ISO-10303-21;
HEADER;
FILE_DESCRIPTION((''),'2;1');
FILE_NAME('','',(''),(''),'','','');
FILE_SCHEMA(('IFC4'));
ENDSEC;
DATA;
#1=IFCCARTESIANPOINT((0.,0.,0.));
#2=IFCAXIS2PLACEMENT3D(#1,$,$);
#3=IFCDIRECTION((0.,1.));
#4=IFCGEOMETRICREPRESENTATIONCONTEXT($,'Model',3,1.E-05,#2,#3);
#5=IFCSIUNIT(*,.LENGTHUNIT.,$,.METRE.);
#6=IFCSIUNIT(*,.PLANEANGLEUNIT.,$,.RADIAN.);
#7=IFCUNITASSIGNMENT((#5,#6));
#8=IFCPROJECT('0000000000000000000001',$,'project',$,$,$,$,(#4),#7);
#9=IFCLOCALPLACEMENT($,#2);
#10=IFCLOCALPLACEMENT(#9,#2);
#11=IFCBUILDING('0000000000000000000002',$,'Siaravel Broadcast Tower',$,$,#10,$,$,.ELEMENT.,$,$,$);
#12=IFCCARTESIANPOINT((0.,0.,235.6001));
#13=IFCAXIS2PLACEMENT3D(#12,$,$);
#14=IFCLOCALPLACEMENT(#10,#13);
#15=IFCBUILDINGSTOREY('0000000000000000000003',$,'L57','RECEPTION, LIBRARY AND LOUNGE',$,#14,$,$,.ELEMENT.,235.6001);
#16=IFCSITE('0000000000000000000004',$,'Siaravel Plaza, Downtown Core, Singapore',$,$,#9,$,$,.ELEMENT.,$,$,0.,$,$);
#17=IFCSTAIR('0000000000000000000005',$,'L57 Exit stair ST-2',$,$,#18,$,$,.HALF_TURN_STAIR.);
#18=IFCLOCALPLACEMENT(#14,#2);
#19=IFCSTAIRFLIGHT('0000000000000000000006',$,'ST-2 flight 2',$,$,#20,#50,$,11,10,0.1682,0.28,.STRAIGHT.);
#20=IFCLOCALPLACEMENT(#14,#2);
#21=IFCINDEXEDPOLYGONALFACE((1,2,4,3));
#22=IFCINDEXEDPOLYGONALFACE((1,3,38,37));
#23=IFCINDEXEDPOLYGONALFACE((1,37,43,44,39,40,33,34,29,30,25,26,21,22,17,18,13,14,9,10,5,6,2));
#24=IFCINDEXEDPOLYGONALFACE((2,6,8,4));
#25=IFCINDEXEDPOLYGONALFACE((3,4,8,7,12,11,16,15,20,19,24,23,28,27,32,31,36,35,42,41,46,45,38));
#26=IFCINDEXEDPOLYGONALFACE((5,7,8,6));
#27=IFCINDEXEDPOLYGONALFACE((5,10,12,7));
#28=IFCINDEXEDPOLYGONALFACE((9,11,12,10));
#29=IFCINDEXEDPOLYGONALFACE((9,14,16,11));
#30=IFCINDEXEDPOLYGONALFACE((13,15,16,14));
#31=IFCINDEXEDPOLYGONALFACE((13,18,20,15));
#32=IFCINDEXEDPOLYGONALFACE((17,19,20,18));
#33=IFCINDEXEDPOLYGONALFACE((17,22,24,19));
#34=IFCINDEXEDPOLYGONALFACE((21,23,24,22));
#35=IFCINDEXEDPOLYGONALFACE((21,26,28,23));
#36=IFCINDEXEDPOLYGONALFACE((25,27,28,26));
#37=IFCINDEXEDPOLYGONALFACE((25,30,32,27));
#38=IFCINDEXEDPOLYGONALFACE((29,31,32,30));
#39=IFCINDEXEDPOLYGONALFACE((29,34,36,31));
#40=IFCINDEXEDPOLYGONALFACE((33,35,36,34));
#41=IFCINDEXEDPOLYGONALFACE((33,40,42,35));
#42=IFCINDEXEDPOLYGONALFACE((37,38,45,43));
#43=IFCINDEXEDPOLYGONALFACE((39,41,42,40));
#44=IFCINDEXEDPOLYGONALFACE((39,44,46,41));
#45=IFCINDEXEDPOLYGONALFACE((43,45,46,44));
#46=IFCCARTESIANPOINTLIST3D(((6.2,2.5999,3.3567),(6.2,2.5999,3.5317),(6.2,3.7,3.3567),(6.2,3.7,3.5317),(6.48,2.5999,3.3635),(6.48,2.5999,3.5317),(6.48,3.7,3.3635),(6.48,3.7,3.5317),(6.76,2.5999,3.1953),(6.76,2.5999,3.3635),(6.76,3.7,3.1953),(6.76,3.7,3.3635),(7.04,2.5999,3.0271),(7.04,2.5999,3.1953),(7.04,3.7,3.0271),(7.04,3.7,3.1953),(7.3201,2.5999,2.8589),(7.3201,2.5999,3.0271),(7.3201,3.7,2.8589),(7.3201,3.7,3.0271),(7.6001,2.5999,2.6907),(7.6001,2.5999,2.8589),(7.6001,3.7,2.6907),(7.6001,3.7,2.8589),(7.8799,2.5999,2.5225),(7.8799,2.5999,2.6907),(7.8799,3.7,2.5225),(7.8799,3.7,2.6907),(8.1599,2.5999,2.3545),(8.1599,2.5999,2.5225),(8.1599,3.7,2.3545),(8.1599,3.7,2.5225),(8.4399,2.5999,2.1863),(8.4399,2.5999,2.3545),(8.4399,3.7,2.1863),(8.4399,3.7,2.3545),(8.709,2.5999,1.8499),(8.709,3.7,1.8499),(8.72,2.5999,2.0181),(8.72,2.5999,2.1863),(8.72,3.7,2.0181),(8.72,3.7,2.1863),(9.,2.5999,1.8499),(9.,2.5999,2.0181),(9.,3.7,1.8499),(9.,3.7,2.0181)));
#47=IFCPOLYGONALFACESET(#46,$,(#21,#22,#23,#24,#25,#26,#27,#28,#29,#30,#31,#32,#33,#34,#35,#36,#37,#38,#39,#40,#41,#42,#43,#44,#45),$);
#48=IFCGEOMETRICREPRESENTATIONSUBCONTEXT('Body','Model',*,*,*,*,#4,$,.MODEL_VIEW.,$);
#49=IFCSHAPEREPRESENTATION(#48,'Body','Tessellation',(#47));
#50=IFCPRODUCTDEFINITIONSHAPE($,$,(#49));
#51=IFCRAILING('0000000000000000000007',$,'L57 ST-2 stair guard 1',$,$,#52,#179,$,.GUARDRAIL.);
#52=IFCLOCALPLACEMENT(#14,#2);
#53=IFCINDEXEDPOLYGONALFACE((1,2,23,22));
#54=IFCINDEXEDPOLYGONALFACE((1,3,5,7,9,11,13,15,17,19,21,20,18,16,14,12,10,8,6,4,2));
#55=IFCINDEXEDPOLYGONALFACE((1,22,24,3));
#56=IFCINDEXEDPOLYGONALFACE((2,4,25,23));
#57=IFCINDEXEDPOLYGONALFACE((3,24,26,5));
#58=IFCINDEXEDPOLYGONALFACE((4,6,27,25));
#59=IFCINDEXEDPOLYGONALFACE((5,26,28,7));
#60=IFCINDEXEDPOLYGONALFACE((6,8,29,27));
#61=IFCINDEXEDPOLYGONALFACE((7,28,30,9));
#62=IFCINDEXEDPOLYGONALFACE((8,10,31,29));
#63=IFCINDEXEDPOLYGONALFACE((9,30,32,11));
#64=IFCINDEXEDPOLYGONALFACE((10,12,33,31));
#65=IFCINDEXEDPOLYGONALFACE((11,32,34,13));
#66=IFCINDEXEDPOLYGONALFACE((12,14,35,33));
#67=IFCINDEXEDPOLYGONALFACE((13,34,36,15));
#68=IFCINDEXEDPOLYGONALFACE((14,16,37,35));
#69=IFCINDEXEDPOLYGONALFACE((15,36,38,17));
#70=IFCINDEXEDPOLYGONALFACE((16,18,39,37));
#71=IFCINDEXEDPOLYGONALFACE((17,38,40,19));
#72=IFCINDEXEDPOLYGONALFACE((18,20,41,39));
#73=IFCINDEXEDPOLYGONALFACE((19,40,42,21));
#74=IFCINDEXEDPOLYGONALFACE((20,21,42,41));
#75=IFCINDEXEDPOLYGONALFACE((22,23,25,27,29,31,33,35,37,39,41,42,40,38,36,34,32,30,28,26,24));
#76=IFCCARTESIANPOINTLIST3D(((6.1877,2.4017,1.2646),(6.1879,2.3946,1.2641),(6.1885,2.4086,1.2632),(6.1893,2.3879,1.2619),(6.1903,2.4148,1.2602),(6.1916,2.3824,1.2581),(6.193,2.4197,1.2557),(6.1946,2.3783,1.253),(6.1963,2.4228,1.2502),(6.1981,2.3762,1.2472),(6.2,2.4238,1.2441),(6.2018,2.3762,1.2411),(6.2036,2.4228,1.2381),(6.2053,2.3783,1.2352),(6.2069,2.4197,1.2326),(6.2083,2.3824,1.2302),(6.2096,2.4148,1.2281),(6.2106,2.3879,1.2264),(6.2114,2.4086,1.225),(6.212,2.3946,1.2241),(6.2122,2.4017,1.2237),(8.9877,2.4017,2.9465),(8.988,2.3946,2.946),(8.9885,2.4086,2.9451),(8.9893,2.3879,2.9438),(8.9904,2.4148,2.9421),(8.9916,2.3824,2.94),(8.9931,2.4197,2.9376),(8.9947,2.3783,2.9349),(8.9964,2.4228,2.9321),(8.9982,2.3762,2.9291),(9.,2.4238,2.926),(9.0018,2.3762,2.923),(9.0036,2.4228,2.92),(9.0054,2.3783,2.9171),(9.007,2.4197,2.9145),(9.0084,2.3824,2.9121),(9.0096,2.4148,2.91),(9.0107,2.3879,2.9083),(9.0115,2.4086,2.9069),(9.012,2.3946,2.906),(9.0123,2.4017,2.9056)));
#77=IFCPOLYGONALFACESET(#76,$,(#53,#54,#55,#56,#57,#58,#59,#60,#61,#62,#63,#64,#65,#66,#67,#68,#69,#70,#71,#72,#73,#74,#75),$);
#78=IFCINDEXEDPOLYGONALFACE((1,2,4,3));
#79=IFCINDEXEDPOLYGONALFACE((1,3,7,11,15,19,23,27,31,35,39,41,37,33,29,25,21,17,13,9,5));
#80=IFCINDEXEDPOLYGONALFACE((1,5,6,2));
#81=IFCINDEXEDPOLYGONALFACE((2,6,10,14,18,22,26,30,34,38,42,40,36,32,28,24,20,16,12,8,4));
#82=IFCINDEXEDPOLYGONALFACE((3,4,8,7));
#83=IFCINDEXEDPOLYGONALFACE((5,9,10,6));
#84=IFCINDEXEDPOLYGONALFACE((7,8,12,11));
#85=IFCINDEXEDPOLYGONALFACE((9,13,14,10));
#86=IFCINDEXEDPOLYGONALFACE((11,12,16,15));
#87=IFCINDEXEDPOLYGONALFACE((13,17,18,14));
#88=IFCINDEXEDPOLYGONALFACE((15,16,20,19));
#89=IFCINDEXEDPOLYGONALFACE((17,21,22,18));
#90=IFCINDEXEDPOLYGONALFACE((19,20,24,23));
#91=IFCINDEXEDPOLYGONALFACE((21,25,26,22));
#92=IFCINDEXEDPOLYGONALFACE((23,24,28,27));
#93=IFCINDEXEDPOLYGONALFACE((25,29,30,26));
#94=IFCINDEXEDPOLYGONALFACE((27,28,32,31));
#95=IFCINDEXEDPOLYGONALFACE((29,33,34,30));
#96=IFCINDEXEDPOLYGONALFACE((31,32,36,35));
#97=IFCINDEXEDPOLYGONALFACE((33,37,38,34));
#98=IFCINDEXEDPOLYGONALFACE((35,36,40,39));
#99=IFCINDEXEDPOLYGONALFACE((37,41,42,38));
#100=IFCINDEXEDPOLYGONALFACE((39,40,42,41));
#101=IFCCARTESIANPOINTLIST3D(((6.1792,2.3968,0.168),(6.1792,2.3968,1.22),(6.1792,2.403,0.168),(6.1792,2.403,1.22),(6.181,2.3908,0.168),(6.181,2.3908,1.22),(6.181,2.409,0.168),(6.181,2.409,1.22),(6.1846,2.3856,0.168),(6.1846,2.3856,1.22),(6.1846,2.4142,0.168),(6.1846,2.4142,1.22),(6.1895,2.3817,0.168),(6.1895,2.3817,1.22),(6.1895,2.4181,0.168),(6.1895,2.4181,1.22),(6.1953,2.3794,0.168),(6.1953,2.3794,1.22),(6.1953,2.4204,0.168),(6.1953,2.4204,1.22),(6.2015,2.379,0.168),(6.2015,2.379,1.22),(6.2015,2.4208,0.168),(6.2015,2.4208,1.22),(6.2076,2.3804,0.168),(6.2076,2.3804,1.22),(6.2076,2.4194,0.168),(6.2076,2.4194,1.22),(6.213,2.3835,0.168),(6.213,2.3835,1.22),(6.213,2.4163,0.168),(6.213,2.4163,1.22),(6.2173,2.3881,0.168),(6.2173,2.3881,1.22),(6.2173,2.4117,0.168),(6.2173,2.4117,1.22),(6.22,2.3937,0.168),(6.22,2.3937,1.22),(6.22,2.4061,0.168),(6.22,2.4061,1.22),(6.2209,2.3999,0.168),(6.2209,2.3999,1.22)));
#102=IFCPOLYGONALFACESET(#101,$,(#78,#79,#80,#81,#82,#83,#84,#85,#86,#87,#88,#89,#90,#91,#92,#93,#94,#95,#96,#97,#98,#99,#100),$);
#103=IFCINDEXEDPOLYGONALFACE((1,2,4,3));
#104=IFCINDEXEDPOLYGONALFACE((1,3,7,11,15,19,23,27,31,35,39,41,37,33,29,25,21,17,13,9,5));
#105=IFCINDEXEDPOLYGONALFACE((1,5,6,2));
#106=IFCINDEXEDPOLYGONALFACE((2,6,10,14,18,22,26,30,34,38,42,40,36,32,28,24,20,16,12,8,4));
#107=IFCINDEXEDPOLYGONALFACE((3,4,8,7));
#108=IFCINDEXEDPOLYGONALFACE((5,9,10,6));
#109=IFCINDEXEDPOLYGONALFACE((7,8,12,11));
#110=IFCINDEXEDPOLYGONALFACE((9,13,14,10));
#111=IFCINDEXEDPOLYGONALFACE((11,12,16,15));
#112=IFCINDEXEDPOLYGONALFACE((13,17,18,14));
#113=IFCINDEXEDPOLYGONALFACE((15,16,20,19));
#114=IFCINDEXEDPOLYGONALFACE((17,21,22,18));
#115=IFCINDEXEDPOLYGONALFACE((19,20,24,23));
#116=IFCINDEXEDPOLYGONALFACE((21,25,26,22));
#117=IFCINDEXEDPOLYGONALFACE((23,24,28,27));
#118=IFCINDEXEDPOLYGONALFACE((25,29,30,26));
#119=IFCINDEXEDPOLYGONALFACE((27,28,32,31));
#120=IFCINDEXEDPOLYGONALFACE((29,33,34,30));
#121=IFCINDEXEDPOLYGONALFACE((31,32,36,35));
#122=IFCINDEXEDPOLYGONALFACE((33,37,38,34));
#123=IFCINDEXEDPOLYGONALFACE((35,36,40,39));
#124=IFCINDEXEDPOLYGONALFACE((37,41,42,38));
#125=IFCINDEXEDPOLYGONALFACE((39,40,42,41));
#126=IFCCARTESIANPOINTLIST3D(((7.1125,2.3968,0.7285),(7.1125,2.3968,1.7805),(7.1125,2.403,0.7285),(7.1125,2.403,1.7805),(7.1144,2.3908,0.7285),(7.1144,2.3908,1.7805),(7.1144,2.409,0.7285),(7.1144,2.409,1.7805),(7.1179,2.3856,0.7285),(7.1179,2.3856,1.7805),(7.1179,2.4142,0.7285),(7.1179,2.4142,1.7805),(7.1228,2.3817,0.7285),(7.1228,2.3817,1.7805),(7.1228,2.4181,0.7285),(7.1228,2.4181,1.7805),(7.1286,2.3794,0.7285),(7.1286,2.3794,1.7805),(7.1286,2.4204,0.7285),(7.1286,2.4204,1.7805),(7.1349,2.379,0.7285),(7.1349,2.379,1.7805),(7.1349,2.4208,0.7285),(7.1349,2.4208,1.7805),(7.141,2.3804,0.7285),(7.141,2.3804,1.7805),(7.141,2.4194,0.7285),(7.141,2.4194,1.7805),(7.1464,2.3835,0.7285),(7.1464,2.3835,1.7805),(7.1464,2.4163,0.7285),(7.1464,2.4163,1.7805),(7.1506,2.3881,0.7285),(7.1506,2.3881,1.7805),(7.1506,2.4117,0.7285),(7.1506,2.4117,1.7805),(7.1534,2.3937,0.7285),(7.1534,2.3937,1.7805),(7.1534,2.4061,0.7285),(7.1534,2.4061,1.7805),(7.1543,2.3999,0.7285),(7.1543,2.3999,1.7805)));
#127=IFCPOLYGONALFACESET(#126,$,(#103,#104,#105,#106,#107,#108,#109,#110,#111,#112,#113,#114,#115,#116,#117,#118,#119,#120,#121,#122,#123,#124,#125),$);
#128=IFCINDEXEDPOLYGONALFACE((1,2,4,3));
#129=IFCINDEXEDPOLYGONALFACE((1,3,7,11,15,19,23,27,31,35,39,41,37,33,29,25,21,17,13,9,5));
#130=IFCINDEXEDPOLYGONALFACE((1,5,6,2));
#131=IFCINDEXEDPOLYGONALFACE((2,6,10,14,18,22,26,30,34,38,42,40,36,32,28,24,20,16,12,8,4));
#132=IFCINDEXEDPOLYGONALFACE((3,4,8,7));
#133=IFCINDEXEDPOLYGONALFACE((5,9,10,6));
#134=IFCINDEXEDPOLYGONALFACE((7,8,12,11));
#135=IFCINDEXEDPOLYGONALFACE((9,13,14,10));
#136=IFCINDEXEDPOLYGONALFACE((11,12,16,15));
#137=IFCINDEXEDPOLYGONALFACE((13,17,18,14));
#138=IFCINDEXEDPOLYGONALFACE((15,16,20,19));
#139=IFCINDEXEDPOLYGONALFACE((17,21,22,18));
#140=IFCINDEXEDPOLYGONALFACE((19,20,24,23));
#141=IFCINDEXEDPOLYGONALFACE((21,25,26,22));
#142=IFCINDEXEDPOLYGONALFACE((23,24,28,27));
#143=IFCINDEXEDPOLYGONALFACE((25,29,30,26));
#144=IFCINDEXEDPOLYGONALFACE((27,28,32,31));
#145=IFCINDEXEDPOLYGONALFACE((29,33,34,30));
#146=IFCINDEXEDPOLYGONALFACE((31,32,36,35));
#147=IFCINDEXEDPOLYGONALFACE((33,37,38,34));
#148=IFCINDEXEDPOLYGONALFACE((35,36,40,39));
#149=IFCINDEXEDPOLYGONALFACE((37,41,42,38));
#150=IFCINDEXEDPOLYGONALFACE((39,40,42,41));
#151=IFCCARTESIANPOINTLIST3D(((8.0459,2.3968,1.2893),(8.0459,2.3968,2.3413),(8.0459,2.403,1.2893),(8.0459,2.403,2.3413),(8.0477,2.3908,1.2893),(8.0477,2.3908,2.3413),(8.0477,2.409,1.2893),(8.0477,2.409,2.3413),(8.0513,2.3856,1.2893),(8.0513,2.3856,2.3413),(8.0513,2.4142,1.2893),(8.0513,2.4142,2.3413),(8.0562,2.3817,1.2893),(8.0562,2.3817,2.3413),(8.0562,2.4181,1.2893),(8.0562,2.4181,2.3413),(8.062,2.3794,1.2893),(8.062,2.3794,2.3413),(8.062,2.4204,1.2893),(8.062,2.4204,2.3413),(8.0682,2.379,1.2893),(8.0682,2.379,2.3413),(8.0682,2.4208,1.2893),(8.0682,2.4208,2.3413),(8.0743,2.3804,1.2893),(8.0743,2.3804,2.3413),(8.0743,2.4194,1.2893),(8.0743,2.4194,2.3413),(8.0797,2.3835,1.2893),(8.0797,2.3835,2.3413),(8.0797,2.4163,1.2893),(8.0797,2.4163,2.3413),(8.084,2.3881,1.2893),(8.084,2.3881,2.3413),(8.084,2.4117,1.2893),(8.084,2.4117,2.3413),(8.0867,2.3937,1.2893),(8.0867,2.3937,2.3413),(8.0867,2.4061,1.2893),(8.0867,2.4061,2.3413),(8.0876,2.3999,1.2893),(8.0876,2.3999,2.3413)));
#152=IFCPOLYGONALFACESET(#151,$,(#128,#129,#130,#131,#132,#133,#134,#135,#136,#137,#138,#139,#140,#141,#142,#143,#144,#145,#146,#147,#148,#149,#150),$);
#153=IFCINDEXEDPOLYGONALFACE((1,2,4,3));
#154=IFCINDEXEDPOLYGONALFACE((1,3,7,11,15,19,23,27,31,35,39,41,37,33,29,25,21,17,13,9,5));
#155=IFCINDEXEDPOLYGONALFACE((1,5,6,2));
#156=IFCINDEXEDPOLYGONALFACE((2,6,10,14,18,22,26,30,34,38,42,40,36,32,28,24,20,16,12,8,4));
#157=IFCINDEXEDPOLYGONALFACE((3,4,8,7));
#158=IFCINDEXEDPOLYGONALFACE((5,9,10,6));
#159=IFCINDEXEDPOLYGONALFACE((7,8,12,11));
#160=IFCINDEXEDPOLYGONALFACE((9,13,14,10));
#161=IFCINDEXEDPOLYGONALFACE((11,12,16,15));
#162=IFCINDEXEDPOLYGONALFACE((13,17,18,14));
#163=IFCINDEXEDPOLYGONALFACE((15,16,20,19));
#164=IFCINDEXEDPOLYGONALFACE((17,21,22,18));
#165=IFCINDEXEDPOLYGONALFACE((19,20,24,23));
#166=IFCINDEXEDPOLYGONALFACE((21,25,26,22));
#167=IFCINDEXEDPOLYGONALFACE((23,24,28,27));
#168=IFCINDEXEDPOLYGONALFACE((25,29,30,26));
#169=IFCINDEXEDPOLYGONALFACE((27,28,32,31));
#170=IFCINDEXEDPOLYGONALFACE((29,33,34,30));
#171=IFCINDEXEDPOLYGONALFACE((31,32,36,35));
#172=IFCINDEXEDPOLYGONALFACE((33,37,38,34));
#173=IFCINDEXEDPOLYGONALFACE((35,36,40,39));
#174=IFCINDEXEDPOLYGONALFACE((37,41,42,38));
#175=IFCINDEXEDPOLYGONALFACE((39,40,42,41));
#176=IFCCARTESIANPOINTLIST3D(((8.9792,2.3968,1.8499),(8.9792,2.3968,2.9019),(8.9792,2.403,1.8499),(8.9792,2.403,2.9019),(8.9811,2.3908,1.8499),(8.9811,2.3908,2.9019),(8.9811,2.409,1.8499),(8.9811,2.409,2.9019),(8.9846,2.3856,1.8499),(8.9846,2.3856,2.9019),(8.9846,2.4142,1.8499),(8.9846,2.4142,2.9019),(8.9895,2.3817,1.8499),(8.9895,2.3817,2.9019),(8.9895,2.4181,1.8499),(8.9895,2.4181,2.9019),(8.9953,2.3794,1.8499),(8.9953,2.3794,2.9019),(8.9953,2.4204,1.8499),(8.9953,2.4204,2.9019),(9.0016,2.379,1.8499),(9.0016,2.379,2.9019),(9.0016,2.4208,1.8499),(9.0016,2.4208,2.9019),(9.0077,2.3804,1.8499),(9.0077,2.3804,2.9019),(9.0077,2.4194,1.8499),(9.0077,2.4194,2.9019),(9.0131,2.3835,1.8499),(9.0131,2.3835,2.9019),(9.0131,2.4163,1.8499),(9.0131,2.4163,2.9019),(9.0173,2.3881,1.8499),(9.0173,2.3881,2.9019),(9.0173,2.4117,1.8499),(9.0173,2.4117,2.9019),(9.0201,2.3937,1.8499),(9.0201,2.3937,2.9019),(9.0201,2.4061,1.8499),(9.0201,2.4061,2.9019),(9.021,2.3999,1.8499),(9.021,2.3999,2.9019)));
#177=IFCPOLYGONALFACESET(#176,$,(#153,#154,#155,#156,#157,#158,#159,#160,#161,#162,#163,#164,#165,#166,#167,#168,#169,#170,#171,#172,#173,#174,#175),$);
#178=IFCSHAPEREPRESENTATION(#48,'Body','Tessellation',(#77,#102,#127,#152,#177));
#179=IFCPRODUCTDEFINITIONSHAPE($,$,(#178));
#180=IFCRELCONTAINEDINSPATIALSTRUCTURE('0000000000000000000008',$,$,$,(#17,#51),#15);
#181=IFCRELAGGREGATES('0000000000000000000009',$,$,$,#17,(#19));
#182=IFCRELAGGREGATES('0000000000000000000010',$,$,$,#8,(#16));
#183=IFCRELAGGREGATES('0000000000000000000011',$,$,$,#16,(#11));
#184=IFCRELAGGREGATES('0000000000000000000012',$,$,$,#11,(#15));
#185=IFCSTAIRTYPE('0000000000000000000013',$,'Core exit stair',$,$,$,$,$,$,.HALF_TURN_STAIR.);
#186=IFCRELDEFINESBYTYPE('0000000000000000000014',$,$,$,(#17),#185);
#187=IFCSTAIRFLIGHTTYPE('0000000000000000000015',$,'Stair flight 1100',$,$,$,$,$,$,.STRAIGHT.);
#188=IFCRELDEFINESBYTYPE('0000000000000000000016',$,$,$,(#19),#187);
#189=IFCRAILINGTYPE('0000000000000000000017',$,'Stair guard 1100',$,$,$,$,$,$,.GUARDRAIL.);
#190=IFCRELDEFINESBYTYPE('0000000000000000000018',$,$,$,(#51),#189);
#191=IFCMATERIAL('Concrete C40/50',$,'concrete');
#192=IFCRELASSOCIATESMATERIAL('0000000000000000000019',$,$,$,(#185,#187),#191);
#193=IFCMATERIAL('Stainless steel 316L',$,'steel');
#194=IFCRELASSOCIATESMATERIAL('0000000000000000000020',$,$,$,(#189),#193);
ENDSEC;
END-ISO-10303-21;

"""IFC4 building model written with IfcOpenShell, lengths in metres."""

from ifc_helpers import new_model, si_unit, direction, frame, origin, origin_2d, place, context, subcontext, project, spatial, polyline, circle, outline, extrude, material, type_object, element, aggregate, save


model = new_model("IFC4")

# Units and contexts
model_context = context("Model", 3, precision=1e-05, world=origin(), true_north=direction((0.0, 1.0)))
body_context = subcontext(model_context, "Body", "Model", "MODEL_VIEW")
ifc_project = project(units=[si_unit("LENGTHUNIT", "METRE"), si_unit("PLANEANGLEUNIT", "RADIAN")], contexts=[model_context])

# Site, building, storey
site_placement = place(None, origin())
site = spatial("IfcSite", under=ifc_project, at=site_placement, Name="Siaravel Plaza, Downtown Core, Singapore", CompositionType="ELEMENT", RefElevation=0.0)
building_placement = place(site_placement, origin())
building = spatial("IfcBuilding", under=site, at=building_placement, Name="Siaravel Broadcast Tower", CompositionType="ELEMENT")
storey_placement = place(building_placement, frame((0.0, 0.0, 235.6001)))
storey = spatial("IfcBuildingStorey", under=building, at=storey_placement, Name="L57", Description="RECEPTION, LIBRARY AND LOUNGE", CompositionType="ELEMENT", Elevation=235.6001)

# Stair, stair flight
ifc_material_1 = material(Name="Concrete C40/50", Category="concrete")
stair_type = type_object("IfcStairType", Name="Core exit stair", PredefinedType="HALF_TURN_STAIR", material=ifc_material_1)
stair_placement = place(storey_placement, origin())
stair = element("IfcStair", 1, at=stair_placement, inside=storey, type_object=stair_type, Name="L57 Exit stair ST-2", PredefinedType="HALF_TURN_STAIR")
stair_flight_type = type_object("IfcStairFlightType", Name="Stair flight 1100", PredefinedType="STRAIGHT", material=ifc_material_1)
stair_flight_1_placement = place(storey_placement, frame((9.0, 3.1499, 1.8499), z_axis=(0.0, 0.0, 1.0), x_axis=(-1.0, 0.0, 0.0)))
stair_flight_1 = element("IfcStairFlight", 2, at=stair_flight_1_placement, type_object=stair_flight_type, Name="ST-2 flight 2", NumberOfRisers=11, NumberOfTreads=10, PredefinedType="STRAIGHT", RiserHeight=0.1682, TreadLength=0.28, context=body_context, shape_type="SweptSolid", body=[
    extrude(outline(polyline([(0.0, 0.0), (0.0, 0.1682), (0.28, 0.1682), (0.28, 0.3364), (0.5601, 0.3364), (0.5601, 0.5046), (0.8401, 0.5046), (0.8401, 0.6726), (1.1201, 0.6726), (1.1201, 0.8408), (1.3999, 0.8408), (1.3999, 1.009), (1.6799, 1.009), (1.6799, 1.1772), (1.96, 1.1772), (1.96, 1.3455), (2.24, 1.3455), (2.24, 1.5137), (2.52, 1.5137), (2.52, 1.6819), (2.8, 1.6819), (2.8, 1.8501), (2.8, 1.5068), (0.291, 0.0), (0.0, 0.0)])), frame((0.0, 0.55, 0.0), z_axis=(0.0, -1.0, 0.0), x_axis=(1.0, 0.0, 0.0)), (0.0, 0.0, 1.0), 1.1001),
])
aggregate(stair, [stair_flight_1])

# Railing
ifc_material_2 = material(Name="Stainless steel 316L", Category="steel")
railing_type_1 = type_object("IfcRailingType", Name="Stair guard 1100", PredefinedType="GUARDRAIL", material=ifc_material_2)
railing_1_placement = place(storey_placement, frame((6.2, 2.3999, 0.168)))
element("IfcRailing", 3, at=railing_1_placement, inside=storey, type_object=railing_type_1, Name="L57 ST-2 stair guard 1", PredefinedType="GUARDRAIL", context=body_context, shape_type="SweptSolid", body=[
    extrude(circle(Radius=0.0239, at=origin_2d()), frame((0.0, 0.0, 1.0762), z_axis=(0.857242, 0.0, 0.514913), x_axis=(0.0, 1.0, 0.0)), (0.0, 0.0, 1.0), 3.2664),
    extrude(circle(Radius=0.021, at=origin_2d()), origin(), (0.0, 0.0, 1.0), 1.052),
    extrude(circle(Radius=0.021, at=origin_2d()), frame((0.9333, 0.0, 0.5605)), (0.0, 0.0, 1.0), 1.052),
    extrude(circle(Radius=0.021, at=origin_2d()), frame((1.8667, 0.0, 1.1213)), (0.0, 0.0, 1.0), 1.052),
    extrude(circle(Radius=0.021, at=origin_2d()), frame((2.8, 0.0, 1.6819)), (0.0, 0.0, 1.0), 1.052),
])

save(model, "model.ifc")
